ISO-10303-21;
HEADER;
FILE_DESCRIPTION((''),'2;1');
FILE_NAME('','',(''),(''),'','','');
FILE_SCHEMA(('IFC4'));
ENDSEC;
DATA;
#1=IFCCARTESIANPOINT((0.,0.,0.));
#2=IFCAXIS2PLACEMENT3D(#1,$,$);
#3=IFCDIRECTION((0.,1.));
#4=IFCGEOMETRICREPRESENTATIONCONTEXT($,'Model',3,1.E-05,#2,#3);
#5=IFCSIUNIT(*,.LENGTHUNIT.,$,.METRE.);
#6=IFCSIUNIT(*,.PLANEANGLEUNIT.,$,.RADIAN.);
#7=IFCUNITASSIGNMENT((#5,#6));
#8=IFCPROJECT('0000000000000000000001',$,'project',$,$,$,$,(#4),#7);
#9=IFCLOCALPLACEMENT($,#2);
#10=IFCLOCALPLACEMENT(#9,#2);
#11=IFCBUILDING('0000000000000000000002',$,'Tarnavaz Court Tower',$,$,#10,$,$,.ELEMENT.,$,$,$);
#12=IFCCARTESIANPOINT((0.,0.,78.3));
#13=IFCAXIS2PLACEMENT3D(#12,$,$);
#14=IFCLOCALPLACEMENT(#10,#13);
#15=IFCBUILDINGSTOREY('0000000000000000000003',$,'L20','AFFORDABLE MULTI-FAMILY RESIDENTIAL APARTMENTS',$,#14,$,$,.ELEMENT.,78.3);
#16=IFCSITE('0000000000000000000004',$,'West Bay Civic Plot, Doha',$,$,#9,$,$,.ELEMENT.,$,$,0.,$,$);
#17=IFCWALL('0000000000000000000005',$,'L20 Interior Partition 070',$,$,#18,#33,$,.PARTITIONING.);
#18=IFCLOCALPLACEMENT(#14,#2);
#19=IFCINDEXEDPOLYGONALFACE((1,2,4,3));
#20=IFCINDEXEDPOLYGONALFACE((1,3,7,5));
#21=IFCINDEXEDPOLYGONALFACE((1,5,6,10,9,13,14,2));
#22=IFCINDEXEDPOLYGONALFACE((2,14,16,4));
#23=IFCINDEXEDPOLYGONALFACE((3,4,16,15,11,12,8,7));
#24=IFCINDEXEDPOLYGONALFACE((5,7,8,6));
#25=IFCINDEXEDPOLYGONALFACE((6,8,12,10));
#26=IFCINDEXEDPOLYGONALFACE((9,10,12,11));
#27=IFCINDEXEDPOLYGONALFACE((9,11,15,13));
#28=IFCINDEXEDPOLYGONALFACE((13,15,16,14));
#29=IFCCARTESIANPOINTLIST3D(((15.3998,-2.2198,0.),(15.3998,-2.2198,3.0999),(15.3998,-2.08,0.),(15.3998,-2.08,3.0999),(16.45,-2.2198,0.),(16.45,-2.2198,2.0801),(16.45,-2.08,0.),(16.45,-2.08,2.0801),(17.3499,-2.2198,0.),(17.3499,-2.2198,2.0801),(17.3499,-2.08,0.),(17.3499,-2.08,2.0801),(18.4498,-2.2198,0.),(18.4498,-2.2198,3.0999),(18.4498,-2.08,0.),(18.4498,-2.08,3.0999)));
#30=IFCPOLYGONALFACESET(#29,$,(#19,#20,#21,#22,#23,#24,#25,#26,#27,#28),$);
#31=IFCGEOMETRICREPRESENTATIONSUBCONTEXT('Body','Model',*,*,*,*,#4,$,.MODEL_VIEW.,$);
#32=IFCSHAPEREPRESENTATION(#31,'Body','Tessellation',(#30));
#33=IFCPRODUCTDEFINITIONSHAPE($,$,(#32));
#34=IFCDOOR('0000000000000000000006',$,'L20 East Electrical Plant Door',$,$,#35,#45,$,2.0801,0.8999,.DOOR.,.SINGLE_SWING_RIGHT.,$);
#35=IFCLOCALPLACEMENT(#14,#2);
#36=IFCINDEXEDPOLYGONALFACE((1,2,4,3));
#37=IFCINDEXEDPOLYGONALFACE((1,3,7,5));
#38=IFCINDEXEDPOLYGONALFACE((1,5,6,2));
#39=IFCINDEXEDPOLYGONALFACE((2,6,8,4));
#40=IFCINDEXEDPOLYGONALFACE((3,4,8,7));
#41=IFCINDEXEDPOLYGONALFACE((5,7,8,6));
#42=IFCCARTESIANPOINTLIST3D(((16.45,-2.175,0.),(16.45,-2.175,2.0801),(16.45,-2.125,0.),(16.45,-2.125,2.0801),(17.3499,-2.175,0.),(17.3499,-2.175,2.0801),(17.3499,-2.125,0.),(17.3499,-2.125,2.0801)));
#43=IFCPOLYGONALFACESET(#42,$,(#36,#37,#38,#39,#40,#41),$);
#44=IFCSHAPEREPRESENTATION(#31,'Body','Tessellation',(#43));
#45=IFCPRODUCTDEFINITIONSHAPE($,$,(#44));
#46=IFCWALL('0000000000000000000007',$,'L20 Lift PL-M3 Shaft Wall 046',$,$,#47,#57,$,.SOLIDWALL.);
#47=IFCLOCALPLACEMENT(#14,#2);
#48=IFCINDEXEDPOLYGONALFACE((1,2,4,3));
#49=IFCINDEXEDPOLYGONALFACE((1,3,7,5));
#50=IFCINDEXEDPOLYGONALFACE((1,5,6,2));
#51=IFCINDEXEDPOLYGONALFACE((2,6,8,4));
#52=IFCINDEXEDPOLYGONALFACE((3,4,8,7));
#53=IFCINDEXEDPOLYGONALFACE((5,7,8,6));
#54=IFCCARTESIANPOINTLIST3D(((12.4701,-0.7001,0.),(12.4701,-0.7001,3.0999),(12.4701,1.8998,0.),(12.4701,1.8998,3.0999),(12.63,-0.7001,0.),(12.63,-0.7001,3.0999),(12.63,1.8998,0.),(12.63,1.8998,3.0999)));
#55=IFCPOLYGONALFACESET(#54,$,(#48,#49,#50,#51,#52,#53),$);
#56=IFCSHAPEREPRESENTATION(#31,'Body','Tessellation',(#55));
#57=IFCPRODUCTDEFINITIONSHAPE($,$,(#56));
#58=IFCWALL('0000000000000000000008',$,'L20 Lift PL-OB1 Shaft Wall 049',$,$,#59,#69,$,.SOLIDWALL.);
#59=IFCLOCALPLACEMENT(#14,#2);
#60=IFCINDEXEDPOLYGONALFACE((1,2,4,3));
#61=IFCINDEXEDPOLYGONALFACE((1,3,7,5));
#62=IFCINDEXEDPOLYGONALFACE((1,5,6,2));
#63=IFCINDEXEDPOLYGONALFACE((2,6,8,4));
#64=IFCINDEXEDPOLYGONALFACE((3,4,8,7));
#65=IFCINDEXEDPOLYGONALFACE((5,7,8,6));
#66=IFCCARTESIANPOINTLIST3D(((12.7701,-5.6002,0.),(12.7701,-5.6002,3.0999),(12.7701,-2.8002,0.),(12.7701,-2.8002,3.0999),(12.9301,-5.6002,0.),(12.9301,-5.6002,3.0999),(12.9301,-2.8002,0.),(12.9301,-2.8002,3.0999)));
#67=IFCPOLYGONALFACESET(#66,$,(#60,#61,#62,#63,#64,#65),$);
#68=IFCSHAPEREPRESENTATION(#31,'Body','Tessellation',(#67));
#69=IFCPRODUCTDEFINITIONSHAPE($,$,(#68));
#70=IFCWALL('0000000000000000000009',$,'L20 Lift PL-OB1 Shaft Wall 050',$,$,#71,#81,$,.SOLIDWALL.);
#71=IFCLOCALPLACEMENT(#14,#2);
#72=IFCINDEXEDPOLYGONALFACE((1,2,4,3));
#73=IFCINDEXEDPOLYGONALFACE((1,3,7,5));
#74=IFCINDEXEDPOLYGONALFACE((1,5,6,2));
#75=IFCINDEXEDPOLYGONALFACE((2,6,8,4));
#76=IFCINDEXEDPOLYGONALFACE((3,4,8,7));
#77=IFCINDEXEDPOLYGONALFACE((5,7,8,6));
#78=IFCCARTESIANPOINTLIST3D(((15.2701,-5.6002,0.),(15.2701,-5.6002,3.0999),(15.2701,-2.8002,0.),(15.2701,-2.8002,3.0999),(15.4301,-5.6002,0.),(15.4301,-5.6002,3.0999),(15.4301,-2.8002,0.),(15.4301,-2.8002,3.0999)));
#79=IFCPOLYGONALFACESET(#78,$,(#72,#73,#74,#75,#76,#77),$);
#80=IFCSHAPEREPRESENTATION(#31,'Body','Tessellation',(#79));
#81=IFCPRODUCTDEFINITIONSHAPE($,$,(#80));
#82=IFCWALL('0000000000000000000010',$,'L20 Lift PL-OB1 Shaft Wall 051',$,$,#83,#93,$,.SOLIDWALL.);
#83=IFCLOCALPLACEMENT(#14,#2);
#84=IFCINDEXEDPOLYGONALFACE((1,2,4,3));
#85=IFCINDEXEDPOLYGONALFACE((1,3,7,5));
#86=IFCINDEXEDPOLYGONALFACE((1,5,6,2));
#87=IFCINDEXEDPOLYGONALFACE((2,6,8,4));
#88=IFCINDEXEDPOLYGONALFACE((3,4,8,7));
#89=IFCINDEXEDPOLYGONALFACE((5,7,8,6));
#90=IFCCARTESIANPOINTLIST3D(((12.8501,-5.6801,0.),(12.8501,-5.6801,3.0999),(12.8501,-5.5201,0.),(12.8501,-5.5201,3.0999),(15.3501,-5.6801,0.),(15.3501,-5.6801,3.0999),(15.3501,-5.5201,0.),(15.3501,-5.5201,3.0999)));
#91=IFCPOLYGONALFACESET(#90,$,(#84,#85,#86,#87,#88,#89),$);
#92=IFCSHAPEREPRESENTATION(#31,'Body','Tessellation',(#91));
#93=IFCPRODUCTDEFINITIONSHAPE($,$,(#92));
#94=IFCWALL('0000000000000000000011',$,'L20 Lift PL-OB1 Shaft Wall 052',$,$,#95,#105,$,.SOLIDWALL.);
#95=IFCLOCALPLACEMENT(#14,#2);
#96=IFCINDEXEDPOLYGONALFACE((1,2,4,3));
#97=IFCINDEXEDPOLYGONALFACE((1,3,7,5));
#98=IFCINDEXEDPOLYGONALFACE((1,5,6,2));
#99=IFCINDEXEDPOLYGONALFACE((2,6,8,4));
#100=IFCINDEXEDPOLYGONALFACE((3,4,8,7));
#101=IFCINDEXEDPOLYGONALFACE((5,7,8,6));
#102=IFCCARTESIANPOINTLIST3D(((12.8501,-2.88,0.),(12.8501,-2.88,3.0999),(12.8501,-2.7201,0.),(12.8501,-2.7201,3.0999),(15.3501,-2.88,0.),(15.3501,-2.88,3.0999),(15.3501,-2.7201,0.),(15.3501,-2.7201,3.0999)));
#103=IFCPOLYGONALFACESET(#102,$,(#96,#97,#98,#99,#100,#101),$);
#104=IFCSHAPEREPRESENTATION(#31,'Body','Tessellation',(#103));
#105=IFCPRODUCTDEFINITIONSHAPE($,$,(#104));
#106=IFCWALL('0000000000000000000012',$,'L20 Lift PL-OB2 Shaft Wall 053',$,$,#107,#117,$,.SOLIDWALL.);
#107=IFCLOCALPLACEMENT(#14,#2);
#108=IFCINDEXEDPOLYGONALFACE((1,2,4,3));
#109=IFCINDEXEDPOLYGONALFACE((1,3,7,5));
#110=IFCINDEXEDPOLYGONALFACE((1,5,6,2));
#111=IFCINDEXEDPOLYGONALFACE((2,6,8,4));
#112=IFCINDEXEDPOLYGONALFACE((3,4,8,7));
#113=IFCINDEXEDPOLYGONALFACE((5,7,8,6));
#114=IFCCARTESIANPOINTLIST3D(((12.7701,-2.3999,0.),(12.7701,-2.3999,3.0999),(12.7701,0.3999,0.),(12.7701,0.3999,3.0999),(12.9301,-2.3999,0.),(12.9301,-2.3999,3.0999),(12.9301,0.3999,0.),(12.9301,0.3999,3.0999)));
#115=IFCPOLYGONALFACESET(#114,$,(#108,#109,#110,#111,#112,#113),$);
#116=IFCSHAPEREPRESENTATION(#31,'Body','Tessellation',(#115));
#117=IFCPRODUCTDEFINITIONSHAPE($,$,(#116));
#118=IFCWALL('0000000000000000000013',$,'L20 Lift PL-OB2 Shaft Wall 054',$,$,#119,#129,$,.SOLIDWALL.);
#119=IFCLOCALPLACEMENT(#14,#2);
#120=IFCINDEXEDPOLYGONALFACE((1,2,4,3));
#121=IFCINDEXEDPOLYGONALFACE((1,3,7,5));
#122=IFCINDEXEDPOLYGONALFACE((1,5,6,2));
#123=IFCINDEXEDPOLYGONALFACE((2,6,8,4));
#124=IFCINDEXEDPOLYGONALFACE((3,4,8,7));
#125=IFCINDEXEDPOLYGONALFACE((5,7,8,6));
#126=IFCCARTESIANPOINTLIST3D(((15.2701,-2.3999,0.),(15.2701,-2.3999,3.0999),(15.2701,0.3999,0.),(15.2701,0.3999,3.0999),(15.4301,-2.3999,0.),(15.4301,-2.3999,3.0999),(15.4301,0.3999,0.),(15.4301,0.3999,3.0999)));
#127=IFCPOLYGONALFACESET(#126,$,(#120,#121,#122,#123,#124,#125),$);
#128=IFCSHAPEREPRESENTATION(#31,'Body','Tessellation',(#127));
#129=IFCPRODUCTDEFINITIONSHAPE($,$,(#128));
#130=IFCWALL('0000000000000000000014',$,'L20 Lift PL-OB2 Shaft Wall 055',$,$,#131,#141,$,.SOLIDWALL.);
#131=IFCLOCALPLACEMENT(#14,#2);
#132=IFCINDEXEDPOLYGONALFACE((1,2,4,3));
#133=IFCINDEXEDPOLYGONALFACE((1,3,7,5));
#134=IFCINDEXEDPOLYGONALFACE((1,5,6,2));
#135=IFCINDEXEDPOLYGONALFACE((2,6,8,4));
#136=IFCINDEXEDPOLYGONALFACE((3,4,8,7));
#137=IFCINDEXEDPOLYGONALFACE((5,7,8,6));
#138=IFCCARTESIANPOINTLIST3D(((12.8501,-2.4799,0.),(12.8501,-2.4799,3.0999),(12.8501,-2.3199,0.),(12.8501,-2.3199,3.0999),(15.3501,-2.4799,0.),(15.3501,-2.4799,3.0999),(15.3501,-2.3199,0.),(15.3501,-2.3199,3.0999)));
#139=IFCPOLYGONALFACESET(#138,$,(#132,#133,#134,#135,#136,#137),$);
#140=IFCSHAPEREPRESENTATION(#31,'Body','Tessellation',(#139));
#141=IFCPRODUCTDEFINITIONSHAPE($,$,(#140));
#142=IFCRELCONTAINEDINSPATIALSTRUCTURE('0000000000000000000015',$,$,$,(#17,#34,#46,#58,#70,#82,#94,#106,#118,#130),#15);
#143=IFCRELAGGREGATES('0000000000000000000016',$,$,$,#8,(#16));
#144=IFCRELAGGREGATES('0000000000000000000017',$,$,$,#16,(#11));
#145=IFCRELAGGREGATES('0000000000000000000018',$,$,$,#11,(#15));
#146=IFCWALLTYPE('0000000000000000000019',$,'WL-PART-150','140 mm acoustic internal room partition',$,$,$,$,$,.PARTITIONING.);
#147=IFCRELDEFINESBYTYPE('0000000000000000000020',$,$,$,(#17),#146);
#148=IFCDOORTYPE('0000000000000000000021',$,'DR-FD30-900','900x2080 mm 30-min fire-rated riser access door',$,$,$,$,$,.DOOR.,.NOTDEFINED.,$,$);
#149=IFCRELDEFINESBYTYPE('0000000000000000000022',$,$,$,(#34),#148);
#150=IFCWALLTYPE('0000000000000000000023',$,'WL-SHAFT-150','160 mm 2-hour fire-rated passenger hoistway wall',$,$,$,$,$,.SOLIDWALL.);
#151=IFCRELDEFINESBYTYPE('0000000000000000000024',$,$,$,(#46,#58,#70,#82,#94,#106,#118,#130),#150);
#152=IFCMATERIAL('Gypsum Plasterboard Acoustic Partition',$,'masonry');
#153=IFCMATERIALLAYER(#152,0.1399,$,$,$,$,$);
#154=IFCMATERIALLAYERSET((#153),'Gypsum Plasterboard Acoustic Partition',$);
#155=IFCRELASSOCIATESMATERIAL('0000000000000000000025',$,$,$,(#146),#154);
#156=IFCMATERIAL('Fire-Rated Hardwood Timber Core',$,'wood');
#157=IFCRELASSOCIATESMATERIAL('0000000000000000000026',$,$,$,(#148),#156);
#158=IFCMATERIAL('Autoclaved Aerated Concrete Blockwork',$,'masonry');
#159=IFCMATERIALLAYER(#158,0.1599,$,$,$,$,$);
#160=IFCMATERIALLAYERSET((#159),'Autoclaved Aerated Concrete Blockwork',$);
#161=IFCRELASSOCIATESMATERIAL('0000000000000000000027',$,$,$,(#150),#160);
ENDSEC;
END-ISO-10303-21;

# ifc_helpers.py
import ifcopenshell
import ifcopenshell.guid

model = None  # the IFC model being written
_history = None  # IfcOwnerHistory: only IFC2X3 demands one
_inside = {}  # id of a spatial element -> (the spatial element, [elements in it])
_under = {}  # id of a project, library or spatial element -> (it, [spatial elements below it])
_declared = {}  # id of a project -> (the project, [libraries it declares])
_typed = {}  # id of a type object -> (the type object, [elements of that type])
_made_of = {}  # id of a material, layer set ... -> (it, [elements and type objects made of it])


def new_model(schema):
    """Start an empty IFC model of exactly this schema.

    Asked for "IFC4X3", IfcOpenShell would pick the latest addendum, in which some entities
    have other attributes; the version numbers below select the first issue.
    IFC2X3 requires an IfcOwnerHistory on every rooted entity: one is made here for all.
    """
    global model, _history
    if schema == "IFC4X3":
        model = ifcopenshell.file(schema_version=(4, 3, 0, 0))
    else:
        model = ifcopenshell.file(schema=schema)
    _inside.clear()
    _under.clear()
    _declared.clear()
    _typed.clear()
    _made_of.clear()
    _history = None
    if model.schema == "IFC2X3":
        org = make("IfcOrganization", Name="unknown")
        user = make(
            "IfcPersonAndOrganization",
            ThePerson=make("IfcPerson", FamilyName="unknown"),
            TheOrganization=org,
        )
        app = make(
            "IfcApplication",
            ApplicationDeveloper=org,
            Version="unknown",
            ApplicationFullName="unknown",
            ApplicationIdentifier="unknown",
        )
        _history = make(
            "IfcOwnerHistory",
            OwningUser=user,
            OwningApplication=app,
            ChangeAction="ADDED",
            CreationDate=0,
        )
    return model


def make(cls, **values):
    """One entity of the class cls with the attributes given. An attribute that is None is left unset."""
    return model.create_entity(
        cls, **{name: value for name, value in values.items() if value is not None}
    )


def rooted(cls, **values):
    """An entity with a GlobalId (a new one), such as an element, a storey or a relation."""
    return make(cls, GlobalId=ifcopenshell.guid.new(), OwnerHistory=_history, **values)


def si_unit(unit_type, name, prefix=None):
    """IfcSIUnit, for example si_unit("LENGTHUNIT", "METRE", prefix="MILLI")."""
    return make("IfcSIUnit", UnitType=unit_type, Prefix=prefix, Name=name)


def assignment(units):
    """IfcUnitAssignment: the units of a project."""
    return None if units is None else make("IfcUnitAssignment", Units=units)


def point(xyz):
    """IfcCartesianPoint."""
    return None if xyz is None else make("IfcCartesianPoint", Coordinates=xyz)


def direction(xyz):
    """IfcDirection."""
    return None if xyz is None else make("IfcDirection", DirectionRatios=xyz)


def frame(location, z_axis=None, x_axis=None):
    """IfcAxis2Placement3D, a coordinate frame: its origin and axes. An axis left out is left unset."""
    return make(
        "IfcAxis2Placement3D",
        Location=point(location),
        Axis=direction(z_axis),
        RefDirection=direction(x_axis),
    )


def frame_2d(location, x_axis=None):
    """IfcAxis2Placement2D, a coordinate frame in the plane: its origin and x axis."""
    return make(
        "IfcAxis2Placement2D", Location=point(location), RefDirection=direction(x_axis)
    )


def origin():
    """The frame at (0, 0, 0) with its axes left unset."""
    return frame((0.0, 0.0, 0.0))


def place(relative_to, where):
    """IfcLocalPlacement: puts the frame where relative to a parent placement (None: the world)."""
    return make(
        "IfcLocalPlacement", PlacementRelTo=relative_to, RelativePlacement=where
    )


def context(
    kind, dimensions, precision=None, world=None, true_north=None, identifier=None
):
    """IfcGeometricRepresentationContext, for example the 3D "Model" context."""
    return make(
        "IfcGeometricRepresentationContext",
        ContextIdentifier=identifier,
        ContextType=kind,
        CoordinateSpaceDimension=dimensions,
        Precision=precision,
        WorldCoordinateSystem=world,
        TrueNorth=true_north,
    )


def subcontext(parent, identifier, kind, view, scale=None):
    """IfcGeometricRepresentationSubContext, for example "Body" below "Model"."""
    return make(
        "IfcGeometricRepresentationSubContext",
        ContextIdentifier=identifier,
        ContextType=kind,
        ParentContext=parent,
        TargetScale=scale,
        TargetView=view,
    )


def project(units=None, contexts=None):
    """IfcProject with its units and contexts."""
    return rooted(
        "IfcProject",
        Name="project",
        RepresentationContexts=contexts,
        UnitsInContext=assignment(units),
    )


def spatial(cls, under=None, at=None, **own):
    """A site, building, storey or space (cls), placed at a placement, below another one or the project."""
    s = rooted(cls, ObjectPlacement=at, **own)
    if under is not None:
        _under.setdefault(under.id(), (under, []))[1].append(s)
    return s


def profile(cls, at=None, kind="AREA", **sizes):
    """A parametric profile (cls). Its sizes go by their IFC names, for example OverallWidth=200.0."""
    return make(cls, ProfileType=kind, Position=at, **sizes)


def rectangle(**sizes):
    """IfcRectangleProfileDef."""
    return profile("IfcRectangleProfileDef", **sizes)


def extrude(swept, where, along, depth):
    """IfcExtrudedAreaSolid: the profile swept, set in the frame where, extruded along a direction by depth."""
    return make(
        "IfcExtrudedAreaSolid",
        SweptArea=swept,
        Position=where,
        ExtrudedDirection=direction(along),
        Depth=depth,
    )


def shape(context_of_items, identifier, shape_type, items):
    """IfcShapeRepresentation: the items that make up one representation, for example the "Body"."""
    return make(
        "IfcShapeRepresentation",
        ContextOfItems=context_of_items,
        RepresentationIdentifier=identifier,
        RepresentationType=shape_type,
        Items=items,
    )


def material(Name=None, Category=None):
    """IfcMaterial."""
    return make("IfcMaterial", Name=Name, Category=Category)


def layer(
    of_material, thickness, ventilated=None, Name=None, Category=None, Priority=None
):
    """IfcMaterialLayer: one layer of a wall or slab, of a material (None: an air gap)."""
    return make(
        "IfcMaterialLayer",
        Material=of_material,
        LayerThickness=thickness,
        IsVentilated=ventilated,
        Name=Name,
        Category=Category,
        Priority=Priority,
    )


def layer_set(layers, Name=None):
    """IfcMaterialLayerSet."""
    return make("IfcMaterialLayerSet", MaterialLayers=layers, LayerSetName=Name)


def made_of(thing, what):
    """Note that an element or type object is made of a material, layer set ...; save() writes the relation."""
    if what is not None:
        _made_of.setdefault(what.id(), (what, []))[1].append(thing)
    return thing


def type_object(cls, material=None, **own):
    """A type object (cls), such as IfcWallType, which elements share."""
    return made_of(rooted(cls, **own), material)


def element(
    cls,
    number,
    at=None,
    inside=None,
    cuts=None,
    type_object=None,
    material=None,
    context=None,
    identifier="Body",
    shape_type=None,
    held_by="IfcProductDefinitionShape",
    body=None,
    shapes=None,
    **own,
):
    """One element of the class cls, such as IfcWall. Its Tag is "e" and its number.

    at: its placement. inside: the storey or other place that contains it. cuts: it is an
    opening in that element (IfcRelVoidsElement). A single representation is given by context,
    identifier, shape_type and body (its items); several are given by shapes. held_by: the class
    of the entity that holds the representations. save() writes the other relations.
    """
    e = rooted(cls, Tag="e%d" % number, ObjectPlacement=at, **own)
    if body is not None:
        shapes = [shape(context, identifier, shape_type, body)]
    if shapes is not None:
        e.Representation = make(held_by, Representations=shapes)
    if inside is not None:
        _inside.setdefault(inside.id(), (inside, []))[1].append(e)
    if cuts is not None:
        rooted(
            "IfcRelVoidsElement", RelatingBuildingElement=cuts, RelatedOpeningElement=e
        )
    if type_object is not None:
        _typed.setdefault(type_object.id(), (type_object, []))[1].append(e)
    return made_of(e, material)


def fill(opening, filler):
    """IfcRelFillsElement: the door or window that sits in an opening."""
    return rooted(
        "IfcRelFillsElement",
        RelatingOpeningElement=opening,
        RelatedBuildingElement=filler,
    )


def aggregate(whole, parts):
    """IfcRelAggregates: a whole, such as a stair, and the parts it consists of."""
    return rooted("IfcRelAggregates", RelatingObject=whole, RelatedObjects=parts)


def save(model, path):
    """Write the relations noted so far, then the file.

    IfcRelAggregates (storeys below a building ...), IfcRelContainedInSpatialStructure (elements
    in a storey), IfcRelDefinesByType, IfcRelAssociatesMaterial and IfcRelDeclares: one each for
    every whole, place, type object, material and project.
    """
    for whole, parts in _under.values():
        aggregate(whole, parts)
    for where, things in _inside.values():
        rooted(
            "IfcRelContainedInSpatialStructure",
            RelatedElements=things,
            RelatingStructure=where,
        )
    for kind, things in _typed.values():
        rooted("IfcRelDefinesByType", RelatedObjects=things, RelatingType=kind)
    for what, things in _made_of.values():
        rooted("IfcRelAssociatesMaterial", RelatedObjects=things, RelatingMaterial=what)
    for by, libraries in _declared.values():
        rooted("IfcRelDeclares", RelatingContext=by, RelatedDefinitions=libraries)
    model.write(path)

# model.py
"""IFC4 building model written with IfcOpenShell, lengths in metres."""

from ifc_helpers import new_model, si_unit, direction, frame, frame_2d, origin, place, context, subcontext, project, spatial, rectangle, extrude, material, layer, layer_set, type_object, element, fill, save


model = new_model("IFC4")

# Units and contexts
model_context = context("Model", 3, precision=1e-05, world=origin(), true_north=direction((0.0, 1.0)))
body_context = subcontext(model_context, "Body", "Model", "MODEL_VIEW")
ifc_project = project(units=[si_unit("LENGTHUNIT", "METRE"), si_unit("PLANEANGLEUNIT", "RADIAN")], contexts=[model_context])

# Site, building, storey
site_placement = place(None, origin())
site = spatial("IfcSite", under=ifc_project, at=site_placement, Name="West Bay Civic Plot, Doha", CompositionType="ELEMENT", RefElevation=0.0)
building_placement = place(site_placement, origin())
building = spatial("IfcBuilding", under=site, at=building_placement, Name="Tarnavaz Court Tower", CompositionType="ELEMENT")
storey_placement = place(building_placement, frame((0.0, 0.0, 78.3)))
storey = spatial("IfcBuildingStorey", under=building, at=storey_placement, Name="L20", Description="AFFORDABLE MULTI-FAMILY RESIDENTIAL APARTMENTS", CompositionType="ELEMENT", Elevation=78.3)

# Wall, opening, door
ifc_material_1 = material(Name="Fire-Rated Hardwood Timber Core", Category="wood")
ifc_material_2 = material(Name="Gypsum Plasterboard Acoustic Partition", Category="masonry")
ifc_layer_1 = layer(ifc_material_2, 0.1399)
ifc_layer_set_1 = layer_set([ifc_layer_1], Name="Gypsum Plasterboard Acoustic Partition")
wall_type_1 = type_object("IfcWallType", Name="WL-PART-150", Description="140 mm acoustic internal room partition", PredefinedType="PARTITIONING", material=ifc_layer_set_1)
door_type_1 = type_object("IfcDoorType", Name="DR-FD30-900", Description="900x2080 mm 30-min fire-rated riser access door", OperationType="NOTDEFINED", PredefinedType="DOOR", material=ifc_material_1)
wall_1_placement = place(storey_placement, frame((15.3999, -2.1499, 0.0), z_axis=(0.0, 0.0, 1.0), x_axis=(1.0, 0.0, 0.0)))
wall_1 = element("IfcWall", 1, at=wall_1_placement, inside=storey, type_object=wall_type_1, Name="L20 Interior Partition 070", PredefinedType="PARTITIONING", context=body_context, shape_type="SweptSolid", body=[
    extrude(rectangle(XDim=3.05, YDim=0.1399, at=frame_2d((1.5249, 0.0))), origin(), (0.0, 0.0, 1.0), 3.0999),
])
opening_1_placement = place(wall_1_placement, frame((1.05, 0.0, 0.0)))
opening_1 = element("IfcOpeningElement", 2, at=opening_1_placement, cuts=wall_1, PredefinedType="OPENING", context=body_context, shape_type="SweptSolid", body=[
    extrude(rectangle(XDim=0.8999, YDim=2.0801, at=frame_2d((0.45, 1.04))), frame((0.0, 0.0798, 0.0), z_axis=(0.0, -1.0, 0.0), x_axis=(1.0, 0.0, 0.0)), (0.0, 0.0, 1.0), 0.1599),
])
door_1_placement = place(opening_1_placement, origin())
door_1 = element("IfcDoor", 3, at=door_1_placement, inside=storey, type_object=door_type_1, Name="L20 East Electrical Plant Door", OperationType="SINGLE_SWING_RIGHT", OverallHeight=2.0801, OverallWidth=0.8999, PredefinedType="DOOR", context=body_context, shape_type="SweptSolid", body=[
    extrude(rectangle(XDim=0.8999, YDim=2.0801, at=frame_2d((0.45, 1.04))), frame((0.0, 0.0249, 0.0), z_axis=(0.0, -1.0, 0.0), x_axis=(1.0, 0.0, 0.0)), (0.0, 0.0, 1.0), 0.05),
])
fill(opening_1, door_1)

# Walls
ifc_material_3 = material(Name="Autoclaved Aerated Concrete Blockwork", Category="masonry")
ifc_layer_2 = layer(ifc_material_3, 0.1599)
ifc_layer_set_2 = layer_set([ifc_layer_2], Name="Autoclaved Aerated Concrete Blockwork")
wall_type_2 = type_object("IfcWallType", Name="WL-SHAFT-150", Description="160 mm 2-hour fire-rated passenger hoistway wall", PredefinedType="SOLIDWALL", material=ifc_layer_set_2)
wall_2_placement = place(storey_placement, frame((12.55, -0.7, 0.0), z_axis=(0.0, 0.0, 1.0), x_axis=(0.0, 1.0, 0.0)))
element("IfcWall", 4, at=wall_2_placement, inside=storey, type_object=wall_type_2, Name="L20 Lift PL-M3 Shaft Wall 046", PredefinedType="SOLIDWALL", context=body_context, shape_type="SweptSolid", body=[
    extrude(rectangle(XDim=2.5999, YDim=0.1599, at=frame_2d((1.2998, 0.0))), origin(), (0.0, 0.0, 1.0), 3.0999),
])
for number, where, z_axis, x_axis, name in (
    (5, (12.8501, -5.6001, 0.0), (0.0, 0.0, 1.0), (0.0, 1.0, 0.0), "L20 Lift PL-OB1 Shaft Wall 049"),
    (6, (15.3501, -5.6001, 0.0), (0.0, 0.0, 1.0), (0.0, 1.0, 0.0), "L20 Lift PL-OB1 Shaft Wall 050"),
):
    element("IfcWall", number, at=place(storey_placement, frame(where, z_axis=z_axis, x_axis=x_axis)), inside=storey, type_object=wall_type_2, Name=name, PredefinedType="SOLIDWALL", context=body_context, shape_type="SweptSolid", body=[
        extrude(rectangle(XDim=2.8, YDim=0.1599, at=frame_2d((1.3999, 0.0))), origin(), (0.0, 0.0, 1.0), 3.0999),
    ])
for number, where, z_axis, x_axis, name in (
    (7, (12.8501, -5.6001, 0.0), (0.0, 0.0, 1.0), (1.0, 0.0, 0.0), "L20 Lift PL-OB1 Shaft Wall 051"),
    (8, (12.8501, -2.8, 0.0), (0.0, 0.0, 1.0), (1.0, 0.0, 0.0), "L20 Lift PL-OB1 Shaft Wall 052"),
):
    element("IfcWall", number, at=place(storey_placement, frame(where, z_axis=z_axis, x_axis=x_axis)), inside=storey, type_object=wall_type_2, Name=name, PredefinedType="SOLIDWALL", context=body_context, shape_type="SweptSolid", body=[
        extrude(rectangle(XDim=2.5, YDim=0.1599, at=frame_2d((1.25, 0.0))), origin(), (0.0, 0.0, 1.0), 3.0999),
    ])
for number, where, z_axis, x_axis, name in (
    (9, (12.8501, -2.3999, 0.0), (0.0, 0.0, 1.0), (0.0, 1.0, 0.0), "L20 Lift PL-OB2 Shaft Wall 053"),
    (10, (15.3501, -2.3999, 0.0), (0.0, 0.0, 1.0), (0.0, 1.0, 0.0), "L20 Lift PL-OB2 Shaft Wall 054"),
):
    element("IfcWall", number, at=place(storey_placement, frame(where, z_axis=z_axis, x_axis=x_axis)), inside=storey, type_object=wall_type_2, Name=name, PredefinedType="SOLIDWALL", context=body_context, shape_type="SweptSolid", body=[
        extrude(rectangle(XDim=2.7998, YDim=0.1599, at=frame_2d((1.3999, 0.0))), origin(), (0.0, 0.0, 1.0), 3.0999),
    ])
wall_3_placement = place(storey_placement, frame((12.8501, -2.3999, 0.0), z_axis=(0.0, 0.0, 1.0), x_axis=(1.0, 0.0, 0.0)))
element("IfcWall", 11, at=wall_3_placement, inside=storey, type_object=wall_type_2, Name="L20 Lift PL-OB2 Shaft Wall 055", PredefinedType="SOLIDWALL", context=body_context, shape_type="SweptSolid", body=[
    extrude(rectangle(XDim=2.5, YDim=0.1599, at=frame_2d((1.25, 0.0))), origin(), (0.0, 0.0, 1.0), 3.0999),
])

save(model, "model.ifc")
